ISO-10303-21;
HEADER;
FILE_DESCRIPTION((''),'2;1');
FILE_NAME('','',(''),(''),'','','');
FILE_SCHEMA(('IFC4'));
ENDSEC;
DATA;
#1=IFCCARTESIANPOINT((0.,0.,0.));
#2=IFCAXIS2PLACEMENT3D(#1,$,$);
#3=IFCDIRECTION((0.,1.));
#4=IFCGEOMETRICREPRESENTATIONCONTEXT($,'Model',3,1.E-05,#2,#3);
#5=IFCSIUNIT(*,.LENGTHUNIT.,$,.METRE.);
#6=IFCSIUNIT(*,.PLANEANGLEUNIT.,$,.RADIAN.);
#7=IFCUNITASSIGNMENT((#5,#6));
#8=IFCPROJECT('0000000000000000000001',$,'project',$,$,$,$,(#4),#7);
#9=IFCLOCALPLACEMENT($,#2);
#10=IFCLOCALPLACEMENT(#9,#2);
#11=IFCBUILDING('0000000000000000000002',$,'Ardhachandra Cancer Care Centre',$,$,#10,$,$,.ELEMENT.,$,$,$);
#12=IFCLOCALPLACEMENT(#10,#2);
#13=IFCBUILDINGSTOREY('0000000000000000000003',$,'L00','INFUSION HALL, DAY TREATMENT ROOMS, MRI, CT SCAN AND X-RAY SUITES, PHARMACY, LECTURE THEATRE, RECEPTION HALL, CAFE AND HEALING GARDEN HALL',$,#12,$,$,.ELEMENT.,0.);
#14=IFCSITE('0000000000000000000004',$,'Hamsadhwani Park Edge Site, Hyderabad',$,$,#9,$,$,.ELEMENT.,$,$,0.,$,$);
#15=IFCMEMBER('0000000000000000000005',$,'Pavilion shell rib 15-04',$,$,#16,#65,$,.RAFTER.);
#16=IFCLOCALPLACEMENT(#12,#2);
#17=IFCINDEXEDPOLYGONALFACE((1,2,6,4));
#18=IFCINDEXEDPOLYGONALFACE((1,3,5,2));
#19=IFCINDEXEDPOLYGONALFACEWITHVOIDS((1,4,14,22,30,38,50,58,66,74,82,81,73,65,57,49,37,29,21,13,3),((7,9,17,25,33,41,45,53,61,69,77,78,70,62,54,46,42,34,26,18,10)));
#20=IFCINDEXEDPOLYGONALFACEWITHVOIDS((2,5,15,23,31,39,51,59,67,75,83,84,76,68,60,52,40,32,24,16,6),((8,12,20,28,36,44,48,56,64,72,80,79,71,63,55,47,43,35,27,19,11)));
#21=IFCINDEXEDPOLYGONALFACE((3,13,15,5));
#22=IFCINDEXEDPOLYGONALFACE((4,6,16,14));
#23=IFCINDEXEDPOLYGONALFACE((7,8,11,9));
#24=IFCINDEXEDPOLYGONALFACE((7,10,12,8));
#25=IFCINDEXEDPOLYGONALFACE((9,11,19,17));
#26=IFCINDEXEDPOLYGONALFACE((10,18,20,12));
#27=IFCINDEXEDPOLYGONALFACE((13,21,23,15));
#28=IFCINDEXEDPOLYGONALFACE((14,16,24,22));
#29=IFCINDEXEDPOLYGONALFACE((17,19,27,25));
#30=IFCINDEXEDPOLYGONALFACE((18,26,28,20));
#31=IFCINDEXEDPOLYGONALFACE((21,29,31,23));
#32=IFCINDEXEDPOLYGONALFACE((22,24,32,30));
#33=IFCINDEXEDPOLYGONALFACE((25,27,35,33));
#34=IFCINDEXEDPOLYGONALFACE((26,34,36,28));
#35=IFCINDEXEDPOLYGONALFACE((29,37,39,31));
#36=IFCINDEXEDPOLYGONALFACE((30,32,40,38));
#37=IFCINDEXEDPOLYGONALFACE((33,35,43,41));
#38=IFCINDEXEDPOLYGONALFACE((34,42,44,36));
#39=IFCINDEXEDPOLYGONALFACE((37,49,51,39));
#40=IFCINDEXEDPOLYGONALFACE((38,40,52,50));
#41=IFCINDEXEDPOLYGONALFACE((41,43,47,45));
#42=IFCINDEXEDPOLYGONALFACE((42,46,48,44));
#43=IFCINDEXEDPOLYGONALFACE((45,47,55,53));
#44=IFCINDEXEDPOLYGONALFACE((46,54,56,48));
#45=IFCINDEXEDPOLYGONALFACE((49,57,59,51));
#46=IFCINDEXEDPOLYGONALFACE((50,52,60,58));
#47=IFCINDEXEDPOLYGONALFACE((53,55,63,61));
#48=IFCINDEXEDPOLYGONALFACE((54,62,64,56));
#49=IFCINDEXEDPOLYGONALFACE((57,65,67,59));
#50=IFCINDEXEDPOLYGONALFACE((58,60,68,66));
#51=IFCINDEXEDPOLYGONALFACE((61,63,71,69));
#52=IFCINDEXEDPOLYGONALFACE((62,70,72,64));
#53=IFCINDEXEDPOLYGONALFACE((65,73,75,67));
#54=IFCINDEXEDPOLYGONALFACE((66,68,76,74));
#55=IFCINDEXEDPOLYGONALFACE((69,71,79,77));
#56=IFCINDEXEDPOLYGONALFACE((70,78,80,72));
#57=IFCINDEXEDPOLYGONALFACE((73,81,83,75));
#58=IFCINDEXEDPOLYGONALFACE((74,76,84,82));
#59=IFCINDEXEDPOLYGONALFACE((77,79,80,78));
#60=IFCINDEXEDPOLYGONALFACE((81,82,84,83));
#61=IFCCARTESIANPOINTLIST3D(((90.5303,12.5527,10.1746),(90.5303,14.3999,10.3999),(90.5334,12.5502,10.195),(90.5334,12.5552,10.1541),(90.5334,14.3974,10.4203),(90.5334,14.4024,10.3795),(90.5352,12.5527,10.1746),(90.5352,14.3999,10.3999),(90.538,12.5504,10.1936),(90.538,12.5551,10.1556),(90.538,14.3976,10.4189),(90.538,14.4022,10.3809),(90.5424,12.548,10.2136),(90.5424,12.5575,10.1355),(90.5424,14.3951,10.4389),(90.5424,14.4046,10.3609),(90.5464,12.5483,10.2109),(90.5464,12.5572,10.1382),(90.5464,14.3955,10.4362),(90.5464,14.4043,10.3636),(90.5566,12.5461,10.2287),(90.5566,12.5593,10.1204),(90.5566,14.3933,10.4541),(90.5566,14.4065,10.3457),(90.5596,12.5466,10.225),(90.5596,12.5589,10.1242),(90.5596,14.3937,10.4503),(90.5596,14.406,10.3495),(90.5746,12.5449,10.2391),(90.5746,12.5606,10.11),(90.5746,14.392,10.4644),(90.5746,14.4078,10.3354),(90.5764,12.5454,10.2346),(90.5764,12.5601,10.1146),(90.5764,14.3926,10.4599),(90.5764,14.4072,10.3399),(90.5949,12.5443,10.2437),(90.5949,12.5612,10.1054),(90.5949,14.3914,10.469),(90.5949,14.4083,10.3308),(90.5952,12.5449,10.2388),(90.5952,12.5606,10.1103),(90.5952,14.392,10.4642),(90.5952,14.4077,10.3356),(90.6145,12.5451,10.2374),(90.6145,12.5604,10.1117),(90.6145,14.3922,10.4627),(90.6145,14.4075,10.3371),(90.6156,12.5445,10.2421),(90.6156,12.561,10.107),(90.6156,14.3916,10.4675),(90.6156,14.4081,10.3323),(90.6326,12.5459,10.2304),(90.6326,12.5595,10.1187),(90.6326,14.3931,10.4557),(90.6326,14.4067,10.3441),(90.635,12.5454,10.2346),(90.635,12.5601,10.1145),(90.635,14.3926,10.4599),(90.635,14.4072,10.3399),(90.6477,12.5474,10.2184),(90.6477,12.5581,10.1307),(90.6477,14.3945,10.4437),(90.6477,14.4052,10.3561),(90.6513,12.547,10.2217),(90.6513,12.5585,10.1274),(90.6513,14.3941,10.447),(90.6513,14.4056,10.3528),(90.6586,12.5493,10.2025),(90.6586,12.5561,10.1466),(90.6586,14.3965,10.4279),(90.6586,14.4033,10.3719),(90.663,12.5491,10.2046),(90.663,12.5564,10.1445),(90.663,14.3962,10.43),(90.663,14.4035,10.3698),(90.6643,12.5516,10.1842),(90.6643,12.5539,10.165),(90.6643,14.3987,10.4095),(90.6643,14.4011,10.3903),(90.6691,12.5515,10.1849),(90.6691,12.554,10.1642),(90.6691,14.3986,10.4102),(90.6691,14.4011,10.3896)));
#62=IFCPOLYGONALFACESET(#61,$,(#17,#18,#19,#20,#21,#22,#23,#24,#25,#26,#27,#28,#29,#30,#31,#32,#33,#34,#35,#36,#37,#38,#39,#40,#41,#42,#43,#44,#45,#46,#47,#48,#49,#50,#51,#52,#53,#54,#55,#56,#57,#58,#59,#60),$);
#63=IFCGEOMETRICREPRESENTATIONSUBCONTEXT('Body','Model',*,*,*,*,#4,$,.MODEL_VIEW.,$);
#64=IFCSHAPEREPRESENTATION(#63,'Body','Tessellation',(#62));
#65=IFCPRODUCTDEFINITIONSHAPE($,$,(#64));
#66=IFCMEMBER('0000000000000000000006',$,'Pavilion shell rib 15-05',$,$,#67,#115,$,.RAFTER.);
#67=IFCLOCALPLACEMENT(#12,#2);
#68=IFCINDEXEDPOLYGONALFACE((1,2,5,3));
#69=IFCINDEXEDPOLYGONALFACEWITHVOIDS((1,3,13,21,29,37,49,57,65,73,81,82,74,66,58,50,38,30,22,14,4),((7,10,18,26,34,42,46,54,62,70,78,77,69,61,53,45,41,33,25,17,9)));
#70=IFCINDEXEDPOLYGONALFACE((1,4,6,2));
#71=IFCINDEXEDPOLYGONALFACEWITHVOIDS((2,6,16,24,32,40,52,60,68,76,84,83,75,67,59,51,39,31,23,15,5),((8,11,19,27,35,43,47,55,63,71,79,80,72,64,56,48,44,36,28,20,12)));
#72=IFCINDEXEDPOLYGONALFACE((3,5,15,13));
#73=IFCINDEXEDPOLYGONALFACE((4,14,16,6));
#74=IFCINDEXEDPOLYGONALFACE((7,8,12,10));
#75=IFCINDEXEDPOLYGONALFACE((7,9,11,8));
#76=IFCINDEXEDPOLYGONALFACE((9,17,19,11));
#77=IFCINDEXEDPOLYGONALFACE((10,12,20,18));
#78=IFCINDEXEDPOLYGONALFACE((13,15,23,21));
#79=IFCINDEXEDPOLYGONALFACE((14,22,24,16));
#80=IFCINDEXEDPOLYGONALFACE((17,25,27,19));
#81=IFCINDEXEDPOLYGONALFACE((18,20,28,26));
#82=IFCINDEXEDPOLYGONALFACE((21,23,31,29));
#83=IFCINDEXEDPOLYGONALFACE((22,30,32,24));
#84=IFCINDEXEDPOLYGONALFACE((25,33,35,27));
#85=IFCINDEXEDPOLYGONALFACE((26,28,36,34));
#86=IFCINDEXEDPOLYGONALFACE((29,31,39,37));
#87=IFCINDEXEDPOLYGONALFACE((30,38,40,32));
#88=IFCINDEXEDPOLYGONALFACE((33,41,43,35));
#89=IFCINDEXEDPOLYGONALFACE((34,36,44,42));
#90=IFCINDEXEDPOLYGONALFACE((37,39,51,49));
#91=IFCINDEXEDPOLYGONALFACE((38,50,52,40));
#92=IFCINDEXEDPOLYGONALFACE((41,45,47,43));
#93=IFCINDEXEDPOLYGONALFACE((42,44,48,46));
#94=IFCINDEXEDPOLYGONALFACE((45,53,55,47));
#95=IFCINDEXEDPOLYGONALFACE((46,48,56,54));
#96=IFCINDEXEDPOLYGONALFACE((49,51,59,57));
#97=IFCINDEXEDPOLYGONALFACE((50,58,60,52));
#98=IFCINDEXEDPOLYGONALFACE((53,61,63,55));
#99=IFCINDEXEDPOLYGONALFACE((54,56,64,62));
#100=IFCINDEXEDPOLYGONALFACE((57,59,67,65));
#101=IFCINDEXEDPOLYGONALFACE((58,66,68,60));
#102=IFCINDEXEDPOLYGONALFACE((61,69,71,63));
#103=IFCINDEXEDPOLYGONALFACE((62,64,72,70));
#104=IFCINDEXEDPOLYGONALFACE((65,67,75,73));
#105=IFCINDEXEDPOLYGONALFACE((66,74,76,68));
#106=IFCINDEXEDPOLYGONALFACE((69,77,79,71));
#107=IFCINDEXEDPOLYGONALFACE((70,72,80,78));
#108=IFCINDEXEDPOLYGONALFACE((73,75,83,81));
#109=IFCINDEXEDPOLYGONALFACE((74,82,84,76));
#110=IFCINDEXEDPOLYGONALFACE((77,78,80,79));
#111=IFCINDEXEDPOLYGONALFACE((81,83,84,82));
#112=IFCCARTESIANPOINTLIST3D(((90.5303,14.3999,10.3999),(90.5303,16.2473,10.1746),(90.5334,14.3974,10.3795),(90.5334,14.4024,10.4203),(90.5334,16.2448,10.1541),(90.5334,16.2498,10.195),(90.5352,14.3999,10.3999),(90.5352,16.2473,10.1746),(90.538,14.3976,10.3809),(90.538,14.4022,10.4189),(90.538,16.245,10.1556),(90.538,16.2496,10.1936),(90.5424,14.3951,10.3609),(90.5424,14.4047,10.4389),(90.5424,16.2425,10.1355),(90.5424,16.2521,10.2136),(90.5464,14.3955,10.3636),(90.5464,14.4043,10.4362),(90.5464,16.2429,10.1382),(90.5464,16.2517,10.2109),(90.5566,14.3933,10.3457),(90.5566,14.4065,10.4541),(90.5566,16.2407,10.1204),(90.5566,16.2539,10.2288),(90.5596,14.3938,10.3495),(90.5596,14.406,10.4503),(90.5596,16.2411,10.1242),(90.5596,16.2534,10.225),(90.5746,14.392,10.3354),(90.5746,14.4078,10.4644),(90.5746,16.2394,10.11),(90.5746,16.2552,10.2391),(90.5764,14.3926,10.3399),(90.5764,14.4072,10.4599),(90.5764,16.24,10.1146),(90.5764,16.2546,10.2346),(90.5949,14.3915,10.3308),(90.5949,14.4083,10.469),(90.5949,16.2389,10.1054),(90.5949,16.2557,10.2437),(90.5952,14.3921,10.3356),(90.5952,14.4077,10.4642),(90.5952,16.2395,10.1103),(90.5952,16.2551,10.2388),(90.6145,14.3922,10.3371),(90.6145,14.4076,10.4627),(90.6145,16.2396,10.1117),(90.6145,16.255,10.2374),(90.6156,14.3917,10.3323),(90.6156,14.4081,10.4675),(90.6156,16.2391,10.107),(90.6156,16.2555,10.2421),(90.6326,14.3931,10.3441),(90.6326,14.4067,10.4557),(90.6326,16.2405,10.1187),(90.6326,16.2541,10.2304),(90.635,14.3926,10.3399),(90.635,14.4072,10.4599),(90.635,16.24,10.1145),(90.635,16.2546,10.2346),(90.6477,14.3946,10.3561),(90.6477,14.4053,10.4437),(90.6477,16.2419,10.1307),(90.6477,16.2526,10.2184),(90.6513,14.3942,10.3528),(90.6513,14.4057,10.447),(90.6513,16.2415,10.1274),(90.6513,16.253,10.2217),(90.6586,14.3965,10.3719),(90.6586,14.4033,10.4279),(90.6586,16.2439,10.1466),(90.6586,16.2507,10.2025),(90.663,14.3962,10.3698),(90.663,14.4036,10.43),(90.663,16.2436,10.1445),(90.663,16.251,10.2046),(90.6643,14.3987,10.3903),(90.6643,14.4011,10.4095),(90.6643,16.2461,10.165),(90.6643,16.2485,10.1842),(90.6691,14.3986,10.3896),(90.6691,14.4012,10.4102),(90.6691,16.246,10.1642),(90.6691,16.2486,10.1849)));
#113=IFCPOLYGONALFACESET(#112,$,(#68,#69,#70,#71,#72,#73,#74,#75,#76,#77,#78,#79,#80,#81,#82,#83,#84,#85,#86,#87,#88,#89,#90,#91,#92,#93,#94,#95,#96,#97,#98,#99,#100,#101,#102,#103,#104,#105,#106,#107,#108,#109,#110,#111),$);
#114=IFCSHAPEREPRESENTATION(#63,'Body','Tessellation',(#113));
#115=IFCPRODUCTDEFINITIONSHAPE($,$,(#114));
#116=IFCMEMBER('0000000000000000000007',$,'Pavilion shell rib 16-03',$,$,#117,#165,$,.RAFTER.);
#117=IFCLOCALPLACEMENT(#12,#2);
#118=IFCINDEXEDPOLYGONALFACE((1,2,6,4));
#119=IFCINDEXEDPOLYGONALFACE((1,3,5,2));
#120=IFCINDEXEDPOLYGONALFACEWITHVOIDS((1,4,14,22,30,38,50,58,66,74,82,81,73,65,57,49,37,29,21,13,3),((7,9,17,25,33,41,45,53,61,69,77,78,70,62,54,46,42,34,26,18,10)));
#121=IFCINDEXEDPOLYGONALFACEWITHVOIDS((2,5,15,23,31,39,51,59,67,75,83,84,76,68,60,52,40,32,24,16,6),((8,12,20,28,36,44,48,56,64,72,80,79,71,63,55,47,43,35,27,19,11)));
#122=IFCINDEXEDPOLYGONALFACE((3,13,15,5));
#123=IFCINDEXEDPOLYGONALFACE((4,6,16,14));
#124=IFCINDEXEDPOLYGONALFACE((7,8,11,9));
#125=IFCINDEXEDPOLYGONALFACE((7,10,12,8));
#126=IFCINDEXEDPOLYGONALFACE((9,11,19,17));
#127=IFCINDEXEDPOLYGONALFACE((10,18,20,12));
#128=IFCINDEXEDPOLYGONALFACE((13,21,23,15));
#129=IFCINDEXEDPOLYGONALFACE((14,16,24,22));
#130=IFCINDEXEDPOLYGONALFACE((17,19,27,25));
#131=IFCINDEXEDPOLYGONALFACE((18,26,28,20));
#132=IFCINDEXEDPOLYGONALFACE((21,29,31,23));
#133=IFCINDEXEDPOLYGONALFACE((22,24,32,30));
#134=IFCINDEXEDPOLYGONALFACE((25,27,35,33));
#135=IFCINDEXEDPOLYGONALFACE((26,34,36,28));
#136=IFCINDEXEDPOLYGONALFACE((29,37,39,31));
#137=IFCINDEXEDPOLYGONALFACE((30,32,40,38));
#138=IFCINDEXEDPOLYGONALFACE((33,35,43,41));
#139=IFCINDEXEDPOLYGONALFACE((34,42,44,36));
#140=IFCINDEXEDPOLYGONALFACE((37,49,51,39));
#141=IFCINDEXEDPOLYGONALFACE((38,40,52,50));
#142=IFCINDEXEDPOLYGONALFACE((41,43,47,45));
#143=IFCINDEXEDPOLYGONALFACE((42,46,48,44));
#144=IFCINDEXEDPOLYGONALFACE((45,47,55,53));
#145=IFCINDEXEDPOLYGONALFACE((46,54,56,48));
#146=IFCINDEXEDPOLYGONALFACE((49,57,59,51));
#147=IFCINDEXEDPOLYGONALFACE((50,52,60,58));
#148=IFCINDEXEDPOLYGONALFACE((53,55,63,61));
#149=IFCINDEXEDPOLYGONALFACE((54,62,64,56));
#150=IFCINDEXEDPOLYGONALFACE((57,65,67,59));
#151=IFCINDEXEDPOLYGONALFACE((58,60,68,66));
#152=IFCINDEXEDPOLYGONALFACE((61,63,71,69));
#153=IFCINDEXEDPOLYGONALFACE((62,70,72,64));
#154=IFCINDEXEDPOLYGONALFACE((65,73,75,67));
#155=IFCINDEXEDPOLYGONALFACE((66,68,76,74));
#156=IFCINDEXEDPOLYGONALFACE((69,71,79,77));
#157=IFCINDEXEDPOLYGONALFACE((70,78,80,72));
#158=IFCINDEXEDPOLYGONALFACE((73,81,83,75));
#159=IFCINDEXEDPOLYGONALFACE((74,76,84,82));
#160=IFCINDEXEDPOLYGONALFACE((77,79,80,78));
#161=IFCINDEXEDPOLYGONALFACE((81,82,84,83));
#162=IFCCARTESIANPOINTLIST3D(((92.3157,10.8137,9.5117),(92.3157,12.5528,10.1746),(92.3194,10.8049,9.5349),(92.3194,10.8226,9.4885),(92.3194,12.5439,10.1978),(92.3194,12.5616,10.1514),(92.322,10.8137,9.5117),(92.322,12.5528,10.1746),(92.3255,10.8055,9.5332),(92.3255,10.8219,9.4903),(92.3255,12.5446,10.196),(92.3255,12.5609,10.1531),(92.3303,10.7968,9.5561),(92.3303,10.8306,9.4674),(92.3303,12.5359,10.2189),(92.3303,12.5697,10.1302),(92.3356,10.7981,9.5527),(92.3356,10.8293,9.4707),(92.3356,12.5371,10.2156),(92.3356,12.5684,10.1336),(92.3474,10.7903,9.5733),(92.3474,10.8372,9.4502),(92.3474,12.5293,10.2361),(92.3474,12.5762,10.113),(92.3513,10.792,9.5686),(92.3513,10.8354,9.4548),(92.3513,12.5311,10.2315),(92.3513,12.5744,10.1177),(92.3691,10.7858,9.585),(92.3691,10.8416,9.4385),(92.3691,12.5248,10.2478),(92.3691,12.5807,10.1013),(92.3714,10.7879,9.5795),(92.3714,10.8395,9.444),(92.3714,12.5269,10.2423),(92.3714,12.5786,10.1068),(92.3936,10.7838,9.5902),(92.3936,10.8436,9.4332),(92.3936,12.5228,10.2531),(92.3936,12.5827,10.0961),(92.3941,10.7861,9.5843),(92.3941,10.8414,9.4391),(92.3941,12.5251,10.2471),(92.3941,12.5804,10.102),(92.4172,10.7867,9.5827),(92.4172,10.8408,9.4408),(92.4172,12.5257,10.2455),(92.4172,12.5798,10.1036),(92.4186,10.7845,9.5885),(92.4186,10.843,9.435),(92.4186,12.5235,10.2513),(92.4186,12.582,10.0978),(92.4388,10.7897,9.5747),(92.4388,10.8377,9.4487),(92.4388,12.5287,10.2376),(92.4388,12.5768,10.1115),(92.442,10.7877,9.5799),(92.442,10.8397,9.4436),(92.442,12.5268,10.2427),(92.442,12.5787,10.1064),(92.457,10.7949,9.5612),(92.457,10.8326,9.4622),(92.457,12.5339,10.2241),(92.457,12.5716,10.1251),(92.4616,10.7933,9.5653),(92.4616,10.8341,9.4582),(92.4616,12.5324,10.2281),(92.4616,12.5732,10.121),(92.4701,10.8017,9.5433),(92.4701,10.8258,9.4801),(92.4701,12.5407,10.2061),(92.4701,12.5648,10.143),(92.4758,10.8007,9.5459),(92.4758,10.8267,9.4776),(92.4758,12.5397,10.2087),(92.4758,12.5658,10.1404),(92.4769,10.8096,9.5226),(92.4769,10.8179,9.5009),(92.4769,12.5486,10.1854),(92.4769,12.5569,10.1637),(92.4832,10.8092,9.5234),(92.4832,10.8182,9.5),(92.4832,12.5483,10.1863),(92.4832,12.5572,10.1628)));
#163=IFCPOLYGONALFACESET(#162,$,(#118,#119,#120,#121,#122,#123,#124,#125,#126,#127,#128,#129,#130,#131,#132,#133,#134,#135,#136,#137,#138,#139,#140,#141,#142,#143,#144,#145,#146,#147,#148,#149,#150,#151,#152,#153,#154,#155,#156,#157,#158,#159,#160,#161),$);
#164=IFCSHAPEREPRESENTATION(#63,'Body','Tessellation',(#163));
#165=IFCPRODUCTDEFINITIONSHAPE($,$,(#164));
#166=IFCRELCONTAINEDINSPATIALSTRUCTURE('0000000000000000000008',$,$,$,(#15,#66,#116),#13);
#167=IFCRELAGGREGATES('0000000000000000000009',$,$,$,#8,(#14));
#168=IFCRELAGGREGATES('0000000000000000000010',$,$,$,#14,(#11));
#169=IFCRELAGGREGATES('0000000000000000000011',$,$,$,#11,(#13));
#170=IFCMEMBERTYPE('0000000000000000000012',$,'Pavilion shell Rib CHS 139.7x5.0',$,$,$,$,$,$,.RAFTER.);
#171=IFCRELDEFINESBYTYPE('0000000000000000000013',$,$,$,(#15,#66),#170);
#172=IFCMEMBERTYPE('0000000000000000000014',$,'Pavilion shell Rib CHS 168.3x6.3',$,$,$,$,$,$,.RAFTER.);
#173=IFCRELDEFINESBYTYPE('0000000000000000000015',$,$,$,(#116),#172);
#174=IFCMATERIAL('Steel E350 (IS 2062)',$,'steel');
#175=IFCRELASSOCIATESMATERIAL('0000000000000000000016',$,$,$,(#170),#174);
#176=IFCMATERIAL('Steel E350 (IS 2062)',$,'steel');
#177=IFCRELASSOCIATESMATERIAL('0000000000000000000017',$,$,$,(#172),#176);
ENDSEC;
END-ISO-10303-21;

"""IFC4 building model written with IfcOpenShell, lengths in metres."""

from ifc_helpers import new_model, si_unit, direction, frame, origin, origin_2d, place, context, subcontext, project, spatial, hollow_circle, extrude, material, material_profile, profile_set, type_object, element, save


model = new_model("IFC4")

# Units and contexts
model_context = context("Model", 3, precision=1e-05, world=origin(), true_north=direction((0.0, 1.0)))
body_context = subcontext(model_context, "Body", "Model", "MODEL_VIEW")
ifc_project = project(units=[si_unit("LENGTHUNIT", "METRE"), si_unit("PLANEANGLEUNIT", "RADIAN")], contexts=[model_context])

# Site, building, storey
site_placement = place(None, origin())
site = spatial("IfcSite", under=ifc_project, at=site_placement, Name="Hamsadhwani Park Edge Site, Hyderabad", CompositionType="ELEMENT", RefElevation=0.0)
building_placement = place(site_placement, origin())
building = spatial("IfcBuilding", under=site, at=building_placement, Name="Ardhachandra Cancer Care Centre", CompositionType="ELEMENT")
storey_placement = place(building_placement, origin())
storey = spatial("IfcBuildingStorey", under=building, at=storey_placement, Name="L00", Description="INFUSION HALL, DAY TREATMENT ROOMS, MRI, CT SCAN AND X-RAY SUITES, PHARMACY, LECTURE THEATRE, RECEPTION HALL, CAFE AND HEALING GARDEN HALL", CompositionType="ELEMENT", Elevation=0.0)

# Members
ifc_material_1 = material(Name="Steel E350 (IS 2062)", Category="steel")
ifc_material_profile_1 = material_profile(ifc_material_1, hollow_circle(Radius=0.0698, WallThickness=0.0049, at=origin_2d()), Name="CHS 139.7x5.0")
ifc_profile_set_1 = profile_set([ifc_material_profile_1], Name="Steel E350 (IS 2062)")
member_type_1 = type_object("IfcMemberType", Name="Pavilion shell Rib CHS 139.7x5.0", PredefinedType="RAFTER", material=ifc_profile_set_1)
member_1_placement = place(storey_placement, frame((90.6001, 12.5527, 10.1746), z_axis=(0.0, 0.992641, 0.121095), x_axis=(-1.0, 0.0, 0.0)))
element("IfcMember", 1, at=member_1_placement, inside=storey, type_object=member_type_1, Name="Pavilion shell rib 15-04", PredefinedType="RAFTER", context=body_context, shape_type="SweptSolid", body=[
    extrude(hollow_circle(Radius=0.0698, WallThickness=0.0049, at=origin_2d()), origin(), (0.0, 0.0, 1.0), 1.8608),
])
member_2_placement = place(storey_placement, frame((90.6001, 14.3999, 10.3999), z_axis=(0.0, 0.992643, -0.12108), x_axis=(-1.0, 0.0, 0.0)))
element("IfcMember", 2, at=member_2_placement, inside=storey, type_object=member_type_1, Name="Pavilion shell rib 15-05", PredefinedType="RAFTER", context=body_context, shape_type="SweptSolid", body=[
    extrude(hollow_circle(Radius=0.0698, WallThickness=0.0049, at=origin_2d()), origin(), (0.0, 0.0, 1.0), 1.8611),
])
ifc_material_2 = material(Name="Steel E350 (IS 2062)", Category="steel")
ifc_material_profile_2 = material_profile(ifc_material_2, hollow_circle(Radius=0.0842, WallThickness=0.0063, at=origin_2d()), Name="CHS 168.3x6.3")
ifc_profile_set_2 = profile_set([ifc_material_profile_2], Name="Steel E350 (IS 2062)")
member_type_2 = type_object("IfcMemberType", Name="Pavilion shell Rib CHS 168.3x6.3", PredefinedType="RAFTER", material=ifc_profile_set_2)
member_3_placement = place(storey_placement, frame((92.3999, 10.8137, 9.5117), z_axis=(0.0, 0.934423, 0.356164), x_axis=(-1.0, 0.0, 0.0)))
element("IfcMember", 3, at=member_3_placement, inside=storey, type_object=member_type_2, Name="Pavilion shell rib 16-03", PredefinedType="RAFTER", context=body_context, shape_type="SweptSolid", body=[
    extrude(hollow_circle(Radius=0.0842, WallThickness=0.0063, at=origin_2d()), origin(), (0.0, 0.0, 1.0), 1.8611),
])

save(model, "model.ifc")
